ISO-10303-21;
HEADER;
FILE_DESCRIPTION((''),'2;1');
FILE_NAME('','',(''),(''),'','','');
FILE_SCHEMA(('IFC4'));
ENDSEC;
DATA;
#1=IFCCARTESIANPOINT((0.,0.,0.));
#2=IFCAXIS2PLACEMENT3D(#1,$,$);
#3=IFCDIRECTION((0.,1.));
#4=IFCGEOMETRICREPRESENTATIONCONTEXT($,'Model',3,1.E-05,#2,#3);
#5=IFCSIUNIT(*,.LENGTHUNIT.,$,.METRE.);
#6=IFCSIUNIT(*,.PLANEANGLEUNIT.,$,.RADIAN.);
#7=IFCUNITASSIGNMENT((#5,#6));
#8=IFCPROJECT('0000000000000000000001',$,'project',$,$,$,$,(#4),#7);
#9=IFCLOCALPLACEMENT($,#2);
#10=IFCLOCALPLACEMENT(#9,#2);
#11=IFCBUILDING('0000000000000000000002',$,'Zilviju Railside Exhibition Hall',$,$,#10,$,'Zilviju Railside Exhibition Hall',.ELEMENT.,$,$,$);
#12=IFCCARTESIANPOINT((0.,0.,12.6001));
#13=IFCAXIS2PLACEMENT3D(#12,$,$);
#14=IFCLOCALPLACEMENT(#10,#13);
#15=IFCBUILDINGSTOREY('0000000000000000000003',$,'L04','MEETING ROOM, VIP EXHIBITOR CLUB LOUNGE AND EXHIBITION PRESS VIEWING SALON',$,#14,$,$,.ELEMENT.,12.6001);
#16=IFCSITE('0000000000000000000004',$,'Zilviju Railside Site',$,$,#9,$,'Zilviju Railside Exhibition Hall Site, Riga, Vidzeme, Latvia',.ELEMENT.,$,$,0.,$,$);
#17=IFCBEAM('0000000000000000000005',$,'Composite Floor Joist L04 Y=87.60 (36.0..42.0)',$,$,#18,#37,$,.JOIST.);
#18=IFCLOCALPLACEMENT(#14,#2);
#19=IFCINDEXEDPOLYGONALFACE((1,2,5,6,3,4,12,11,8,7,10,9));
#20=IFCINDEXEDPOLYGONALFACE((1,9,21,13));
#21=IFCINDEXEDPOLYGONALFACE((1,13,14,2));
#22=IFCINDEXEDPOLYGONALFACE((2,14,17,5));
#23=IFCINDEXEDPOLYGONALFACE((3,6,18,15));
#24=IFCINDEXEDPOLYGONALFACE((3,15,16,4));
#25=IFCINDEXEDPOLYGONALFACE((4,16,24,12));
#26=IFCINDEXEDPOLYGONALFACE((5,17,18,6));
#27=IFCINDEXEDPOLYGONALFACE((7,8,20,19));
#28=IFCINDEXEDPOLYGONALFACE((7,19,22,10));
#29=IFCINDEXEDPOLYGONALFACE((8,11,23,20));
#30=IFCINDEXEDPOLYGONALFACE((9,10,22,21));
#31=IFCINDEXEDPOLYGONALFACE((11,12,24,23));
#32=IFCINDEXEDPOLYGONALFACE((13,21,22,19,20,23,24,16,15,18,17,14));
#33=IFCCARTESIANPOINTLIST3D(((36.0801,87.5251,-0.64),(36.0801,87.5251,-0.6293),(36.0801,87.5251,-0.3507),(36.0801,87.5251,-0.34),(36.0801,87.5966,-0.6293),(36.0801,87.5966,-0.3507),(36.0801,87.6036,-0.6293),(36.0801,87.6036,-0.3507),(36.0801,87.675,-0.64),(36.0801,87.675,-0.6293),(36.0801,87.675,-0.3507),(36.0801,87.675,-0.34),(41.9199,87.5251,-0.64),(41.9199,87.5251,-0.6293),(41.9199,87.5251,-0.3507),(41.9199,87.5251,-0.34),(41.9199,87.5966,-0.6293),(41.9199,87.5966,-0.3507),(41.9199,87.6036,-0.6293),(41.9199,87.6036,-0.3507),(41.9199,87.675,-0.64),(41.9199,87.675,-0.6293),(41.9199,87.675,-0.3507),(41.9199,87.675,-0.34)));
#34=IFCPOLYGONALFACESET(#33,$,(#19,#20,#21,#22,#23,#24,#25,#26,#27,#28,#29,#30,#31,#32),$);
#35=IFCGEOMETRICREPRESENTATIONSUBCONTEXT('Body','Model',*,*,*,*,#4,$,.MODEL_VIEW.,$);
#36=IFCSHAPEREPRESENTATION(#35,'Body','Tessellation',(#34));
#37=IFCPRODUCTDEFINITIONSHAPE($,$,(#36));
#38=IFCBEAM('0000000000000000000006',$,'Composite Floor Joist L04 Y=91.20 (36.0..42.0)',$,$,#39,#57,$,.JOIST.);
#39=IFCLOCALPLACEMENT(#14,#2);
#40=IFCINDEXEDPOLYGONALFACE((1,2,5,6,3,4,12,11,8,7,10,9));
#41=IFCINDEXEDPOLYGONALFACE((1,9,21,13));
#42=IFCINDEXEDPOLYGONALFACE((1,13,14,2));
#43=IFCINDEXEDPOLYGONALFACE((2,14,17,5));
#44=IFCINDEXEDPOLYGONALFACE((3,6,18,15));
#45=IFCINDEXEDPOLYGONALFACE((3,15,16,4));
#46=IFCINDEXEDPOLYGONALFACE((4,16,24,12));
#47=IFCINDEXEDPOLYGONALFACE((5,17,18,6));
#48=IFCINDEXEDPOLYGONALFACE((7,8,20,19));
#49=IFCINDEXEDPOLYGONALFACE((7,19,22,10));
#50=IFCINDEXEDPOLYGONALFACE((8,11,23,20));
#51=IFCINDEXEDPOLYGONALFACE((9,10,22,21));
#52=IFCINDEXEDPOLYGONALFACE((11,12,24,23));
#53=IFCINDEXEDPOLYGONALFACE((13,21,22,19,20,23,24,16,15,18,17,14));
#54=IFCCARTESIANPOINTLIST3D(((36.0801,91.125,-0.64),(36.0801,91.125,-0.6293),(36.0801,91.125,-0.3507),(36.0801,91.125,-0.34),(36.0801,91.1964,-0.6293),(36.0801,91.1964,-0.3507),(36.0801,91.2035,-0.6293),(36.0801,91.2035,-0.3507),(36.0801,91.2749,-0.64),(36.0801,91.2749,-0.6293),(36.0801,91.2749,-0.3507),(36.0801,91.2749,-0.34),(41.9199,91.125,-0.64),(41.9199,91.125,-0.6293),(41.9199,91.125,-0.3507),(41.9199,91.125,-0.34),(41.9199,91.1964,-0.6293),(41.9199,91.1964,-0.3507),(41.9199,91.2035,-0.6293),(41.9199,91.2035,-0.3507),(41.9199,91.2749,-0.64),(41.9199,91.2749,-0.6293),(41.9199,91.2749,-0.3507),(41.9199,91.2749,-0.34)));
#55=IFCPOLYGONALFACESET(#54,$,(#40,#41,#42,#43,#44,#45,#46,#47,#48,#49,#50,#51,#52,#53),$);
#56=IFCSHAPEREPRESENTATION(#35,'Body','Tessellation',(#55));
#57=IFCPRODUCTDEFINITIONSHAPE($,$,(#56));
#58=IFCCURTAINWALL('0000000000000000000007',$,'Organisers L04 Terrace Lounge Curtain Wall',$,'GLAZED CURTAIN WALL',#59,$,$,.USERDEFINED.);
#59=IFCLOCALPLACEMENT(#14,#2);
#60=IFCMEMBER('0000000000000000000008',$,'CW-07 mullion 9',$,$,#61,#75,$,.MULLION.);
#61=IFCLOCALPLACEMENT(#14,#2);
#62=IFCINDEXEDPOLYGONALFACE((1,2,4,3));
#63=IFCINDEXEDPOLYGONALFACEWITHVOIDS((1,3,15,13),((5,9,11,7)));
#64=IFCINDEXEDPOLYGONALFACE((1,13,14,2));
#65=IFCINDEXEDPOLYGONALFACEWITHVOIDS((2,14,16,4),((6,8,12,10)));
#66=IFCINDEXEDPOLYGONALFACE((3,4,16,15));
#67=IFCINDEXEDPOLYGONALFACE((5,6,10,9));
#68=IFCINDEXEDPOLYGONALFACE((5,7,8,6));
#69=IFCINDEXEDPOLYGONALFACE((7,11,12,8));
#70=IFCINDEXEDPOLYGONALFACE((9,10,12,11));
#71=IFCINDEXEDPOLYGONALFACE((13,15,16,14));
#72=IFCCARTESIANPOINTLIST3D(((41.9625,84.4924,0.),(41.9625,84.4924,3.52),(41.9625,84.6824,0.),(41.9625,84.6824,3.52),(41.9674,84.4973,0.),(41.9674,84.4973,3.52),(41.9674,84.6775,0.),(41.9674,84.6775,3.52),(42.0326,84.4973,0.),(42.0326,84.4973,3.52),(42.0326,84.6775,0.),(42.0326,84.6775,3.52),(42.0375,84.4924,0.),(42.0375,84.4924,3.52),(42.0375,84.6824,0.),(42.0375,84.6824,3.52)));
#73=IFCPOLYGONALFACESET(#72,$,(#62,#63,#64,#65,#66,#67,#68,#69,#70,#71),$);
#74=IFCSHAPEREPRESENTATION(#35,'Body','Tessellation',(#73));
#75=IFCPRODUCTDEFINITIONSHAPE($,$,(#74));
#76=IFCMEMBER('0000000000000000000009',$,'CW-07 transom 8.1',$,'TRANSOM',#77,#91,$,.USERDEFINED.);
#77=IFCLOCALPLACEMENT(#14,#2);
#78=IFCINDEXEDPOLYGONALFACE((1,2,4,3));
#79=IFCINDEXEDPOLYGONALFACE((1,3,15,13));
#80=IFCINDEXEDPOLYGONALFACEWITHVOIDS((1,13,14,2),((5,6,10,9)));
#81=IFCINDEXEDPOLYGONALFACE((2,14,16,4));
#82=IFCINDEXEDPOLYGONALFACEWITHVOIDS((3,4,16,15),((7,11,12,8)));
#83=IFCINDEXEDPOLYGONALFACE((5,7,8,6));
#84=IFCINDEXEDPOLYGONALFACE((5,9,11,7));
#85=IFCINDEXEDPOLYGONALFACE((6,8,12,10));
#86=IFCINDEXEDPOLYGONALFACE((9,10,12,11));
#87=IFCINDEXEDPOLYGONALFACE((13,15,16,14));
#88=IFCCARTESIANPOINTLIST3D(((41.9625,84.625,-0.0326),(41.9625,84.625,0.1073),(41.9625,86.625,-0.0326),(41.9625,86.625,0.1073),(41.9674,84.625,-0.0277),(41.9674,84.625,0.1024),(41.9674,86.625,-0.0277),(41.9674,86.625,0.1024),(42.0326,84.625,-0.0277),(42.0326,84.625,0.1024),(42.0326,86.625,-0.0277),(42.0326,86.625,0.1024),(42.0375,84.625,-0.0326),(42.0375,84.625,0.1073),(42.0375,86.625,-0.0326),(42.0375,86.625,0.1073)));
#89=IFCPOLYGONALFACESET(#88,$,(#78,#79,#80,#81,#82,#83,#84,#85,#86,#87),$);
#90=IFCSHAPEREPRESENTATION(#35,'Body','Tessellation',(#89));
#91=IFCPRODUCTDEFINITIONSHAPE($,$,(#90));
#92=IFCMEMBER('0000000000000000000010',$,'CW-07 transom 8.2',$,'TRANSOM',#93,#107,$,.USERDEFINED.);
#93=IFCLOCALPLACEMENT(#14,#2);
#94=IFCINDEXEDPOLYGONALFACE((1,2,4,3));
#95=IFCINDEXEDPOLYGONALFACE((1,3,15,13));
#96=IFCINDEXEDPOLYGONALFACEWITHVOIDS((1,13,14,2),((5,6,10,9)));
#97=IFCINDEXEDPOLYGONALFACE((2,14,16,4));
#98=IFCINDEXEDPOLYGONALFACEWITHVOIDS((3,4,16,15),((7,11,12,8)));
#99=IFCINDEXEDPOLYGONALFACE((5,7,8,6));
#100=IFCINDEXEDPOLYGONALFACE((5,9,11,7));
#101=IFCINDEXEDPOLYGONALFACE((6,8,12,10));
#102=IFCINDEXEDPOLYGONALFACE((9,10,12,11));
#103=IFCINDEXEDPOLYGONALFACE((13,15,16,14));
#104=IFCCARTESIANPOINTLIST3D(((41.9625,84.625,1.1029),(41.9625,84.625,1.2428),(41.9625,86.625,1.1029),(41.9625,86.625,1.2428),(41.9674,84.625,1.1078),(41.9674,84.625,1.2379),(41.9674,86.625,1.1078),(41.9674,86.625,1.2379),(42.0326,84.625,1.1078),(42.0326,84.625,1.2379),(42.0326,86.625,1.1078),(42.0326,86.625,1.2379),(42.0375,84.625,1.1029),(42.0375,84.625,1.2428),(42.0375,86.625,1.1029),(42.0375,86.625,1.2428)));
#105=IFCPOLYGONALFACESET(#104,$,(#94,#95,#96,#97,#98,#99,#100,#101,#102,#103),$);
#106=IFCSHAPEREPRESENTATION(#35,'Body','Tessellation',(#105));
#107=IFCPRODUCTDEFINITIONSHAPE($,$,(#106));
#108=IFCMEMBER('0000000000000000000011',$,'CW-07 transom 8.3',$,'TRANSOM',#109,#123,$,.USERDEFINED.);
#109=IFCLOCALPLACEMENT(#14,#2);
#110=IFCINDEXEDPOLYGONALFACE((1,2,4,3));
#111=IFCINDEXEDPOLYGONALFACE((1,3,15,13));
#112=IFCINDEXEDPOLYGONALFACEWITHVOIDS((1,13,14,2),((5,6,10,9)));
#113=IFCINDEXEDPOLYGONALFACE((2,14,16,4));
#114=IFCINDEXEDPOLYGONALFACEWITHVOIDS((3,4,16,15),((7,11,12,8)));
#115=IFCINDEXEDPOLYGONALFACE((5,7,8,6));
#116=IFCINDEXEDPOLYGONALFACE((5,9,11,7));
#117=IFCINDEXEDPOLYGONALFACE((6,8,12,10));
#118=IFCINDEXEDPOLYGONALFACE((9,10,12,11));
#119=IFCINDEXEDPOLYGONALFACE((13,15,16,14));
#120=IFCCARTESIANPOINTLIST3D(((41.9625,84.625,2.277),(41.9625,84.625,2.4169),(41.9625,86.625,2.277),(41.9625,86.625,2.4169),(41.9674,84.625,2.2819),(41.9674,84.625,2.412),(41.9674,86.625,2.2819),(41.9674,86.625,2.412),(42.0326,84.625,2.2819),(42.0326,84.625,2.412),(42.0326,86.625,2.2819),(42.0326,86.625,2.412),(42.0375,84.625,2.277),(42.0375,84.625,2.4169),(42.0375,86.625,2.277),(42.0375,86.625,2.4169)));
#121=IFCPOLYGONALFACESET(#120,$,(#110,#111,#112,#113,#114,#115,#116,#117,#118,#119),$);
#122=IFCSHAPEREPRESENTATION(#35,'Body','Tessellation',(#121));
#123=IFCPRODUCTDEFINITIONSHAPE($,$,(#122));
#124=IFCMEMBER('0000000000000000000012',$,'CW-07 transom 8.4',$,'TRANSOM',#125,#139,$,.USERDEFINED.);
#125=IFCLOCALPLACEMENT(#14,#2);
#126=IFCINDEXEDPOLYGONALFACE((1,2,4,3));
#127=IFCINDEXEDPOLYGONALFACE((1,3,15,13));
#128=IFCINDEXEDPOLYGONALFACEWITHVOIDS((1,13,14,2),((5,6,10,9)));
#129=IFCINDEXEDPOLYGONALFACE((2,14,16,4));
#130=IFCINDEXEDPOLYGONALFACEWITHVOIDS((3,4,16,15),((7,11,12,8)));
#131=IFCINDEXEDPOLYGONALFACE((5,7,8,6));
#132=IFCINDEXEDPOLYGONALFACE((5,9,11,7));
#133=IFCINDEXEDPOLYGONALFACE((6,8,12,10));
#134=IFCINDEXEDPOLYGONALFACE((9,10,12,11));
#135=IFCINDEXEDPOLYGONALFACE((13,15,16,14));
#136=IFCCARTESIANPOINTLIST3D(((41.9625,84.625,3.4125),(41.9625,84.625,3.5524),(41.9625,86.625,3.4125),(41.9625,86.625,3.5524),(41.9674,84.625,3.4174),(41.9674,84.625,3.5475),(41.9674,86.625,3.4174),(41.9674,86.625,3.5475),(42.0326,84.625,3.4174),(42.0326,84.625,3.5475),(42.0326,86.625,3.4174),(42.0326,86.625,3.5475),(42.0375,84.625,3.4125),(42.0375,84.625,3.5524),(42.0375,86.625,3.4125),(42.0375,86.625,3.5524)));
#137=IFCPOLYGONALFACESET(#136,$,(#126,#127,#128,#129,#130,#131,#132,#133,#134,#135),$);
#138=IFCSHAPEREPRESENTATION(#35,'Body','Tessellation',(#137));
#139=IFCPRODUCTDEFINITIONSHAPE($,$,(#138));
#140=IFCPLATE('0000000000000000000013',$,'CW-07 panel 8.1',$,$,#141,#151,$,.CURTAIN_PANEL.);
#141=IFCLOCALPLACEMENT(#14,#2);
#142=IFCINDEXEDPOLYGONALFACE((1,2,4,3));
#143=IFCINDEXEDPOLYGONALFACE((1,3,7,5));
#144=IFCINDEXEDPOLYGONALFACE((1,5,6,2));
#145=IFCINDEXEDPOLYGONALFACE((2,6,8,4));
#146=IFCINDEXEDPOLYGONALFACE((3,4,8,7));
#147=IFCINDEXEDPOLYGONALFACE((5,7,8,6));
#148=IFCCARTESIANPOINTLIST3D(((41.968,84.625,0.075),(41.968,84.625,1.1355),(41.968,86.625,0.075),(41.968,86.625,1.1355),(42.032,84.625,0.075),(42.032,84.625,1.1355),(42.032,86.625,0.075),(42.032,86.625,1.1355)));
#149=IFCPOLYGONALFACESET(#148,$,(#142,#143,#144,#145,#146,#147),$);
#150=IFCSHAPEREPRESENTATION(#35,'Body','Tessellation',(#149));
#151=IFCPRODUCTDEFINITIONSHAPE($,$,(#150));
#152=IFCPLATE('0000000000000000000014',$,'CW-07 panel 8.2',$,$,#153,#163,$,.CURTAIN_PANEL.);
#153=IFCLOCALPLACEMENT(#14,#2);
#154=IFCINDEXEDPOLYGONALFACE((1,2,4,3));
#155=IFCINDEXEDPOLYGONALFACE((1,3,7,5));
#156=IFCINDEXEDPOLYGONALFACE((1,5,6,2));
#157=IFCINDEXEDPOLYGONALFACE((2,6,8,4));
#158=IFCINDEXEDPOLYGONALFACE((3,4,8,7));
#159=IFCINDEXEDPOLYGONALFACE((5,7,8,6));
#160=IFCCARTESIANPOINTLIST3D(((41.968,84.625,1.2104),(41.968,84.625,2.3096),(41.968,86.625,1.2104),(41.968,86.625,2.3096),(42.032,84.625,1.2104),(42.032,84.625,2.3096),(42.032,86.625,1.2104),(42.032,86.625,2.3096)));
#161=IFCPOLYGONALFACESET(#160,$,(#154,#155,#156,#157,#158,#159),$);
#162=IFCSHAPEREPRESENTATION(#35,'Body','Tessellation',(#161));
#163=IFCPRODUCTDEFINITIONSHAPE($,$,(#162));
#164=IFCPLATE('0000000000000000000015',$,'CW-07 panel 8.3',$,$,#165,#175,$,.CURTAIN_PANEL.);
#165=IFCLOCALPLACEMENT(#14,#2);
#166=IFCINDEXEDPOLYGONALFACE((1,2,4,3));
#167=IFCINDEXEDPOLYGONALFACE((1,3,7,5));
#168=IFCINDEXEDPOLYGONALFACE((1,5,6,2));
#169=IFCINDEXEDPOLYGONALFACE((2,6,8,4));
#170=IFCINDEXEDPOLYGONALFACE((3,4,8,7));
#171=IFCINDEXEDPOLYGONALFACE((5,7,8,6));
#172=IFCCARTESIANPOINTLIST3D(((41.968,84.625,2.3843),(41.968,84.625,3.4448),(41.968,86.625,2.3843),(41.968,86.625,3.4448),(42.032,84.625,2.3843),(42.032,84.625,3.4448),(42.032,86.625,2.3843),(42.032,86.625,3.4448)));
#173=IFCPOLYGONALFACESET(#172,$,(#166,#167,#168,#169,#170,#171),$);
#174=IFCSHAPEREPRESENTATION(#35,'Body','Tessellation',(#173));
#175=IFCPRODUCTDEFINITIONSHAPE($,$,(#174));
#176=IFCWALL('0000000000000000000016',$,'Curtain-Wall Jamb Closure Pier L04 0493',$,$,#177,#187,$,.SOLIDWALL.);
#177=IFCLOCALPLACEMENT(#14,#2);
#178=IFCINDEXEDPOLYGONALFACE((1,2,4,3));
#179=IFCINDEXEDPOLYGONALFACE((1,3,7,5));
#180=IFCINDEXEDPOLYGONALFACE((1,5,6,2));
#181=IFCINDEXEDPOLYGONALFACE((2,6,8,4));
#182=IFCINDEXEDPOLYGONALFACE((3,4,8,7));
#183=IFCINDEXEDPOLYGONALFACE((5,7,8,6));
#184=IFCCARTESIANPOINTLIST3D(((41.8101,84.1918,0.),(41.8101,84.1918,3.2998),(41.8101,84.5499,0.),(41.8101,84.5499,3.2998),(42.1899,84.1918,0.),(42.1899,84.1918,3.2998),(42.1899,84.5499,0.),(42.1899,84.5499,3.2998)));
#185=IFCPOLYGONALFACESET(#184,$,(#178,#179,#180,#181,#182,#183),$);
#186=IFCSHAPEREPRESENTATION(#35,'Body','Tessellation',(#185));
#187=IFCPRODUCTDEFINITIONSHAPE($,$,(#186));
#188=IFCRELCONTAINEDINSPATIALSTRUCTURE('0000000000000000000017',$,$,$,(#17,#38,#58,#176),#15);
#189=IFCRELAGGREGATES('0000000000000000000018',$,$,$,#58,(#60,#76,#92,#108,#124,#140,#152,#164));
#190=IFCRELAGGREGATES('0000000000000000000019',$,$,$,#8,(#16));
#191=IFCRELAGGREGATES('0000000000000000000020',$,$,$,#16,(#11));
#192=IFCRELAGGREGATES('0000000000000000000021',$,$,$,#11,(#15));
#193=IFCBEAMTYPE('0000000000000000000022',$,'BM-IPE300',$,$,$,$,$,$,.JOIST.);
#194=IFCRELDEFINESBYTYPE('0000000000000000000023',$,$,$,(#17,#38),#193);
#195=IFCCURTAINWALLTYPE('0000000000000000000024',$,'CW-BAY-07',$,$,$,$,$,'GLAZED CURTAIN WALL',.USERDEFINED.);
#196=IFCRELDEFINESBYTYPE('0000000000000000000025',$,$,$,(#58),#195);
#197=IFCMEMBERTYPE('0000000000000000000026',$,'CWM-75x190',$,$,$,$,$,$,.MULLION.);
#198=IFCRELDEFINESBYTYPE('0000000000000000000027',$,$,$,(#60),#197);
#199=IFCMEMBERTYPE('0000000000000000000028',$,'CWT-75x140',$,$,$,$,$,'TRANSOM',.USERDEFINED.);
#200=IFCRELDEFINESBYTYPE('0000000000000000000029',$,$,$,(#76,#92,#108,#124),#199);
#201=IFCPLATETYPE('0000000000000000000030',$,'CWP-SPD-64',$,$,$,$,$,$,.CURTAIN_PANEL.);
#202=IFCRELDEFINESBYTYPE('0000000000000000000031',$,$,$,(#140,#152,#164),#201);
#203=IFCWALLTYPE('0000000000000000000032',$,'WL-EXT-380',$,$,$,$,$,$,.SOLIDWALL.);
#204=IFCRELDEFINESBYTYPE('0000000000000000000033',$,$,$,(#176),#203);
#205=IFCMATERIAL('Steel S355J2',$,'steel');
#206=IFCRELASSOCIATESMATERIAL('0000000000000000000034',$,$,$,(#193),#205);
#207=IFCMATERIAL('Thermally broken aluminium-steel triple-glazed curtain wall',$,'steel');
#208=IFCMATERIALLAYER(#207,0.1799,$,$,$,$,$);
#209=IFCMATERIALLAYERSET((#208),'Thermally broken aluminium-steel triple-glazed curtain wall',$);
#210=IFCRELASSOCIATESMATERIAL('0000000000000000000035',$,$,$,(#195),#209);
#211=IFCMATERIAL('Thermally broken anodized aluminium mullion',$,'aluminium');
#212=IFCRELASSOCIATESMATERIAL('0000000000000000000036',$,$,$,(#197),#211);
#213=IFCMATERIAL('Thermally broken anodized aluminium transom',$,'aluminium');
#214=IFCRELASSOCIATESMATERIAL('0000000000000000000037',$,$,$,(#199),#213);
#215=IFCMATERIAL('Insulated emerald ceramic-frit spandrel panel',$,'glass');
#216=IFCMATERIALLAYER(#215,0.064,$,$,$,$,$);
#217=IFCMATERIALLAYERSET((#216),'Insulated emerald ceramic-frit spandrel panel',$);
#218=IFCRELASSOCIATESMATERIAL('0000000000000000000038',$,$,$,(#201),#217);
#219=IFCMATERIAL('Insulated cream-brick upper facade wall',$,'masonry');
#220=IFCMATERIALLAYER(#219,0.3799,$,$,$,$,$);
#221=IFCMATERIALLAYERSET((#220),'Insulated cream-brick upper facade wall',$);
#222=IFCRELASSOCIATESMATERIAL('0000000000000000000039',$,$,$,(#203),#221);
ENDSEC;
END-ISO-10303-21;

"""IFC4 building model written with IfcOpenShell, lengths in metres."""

from ifc_helpers import new_model, si_unit, direction, frame, frame_2d, origin, origin_2d, place, context, subcontext, project, spatial, rectangle, hollow_rectangle, i_section, extrude, material, layer, layer_set, material_profile, profile_set, type_object, element, aggregate, save


model = new_model("IFC4")

# Units and contexts
model_context = context("Model", 3, precision=1e-05, world=origin(), true_north=direction((0.0, 1.0)))
body_context = subcontext(model_context, "Body", "Model", "MODEL_VIEW")
ifc_project = project(units=[si_unit("LENGTHUNIT", "METRE"), si_unit("PLANEANGLEUNIT", "RADIAN")], contexts=[model_context])

# Site, building, storey
site_placement = place(None, origin())
site = spatial("IfcSite", under=ifc_project, at=site_placement, Name="Zilviju Railside Site", LongName="Zilviju Railside Exhibition Hall Site, Riga, Vidzeme, Latvia", CompositionType="ELEMENT", RefElevation=0.0)
building_placement = place(site_placement, origin())
building = spatial("IfcBuilding", under=site, at=building_placement, Name="Zilviju Railside Exhibition Hall", LongName="Zilviju Railside Exhibition Hall", CompositionType="ELEMENT")
storey_placement = place(building_placement, frame((0.0, 0.0, 12.6001)))
storey = spatial("IfcBuildingStorey", under=building, at=storey_placement, Name="L04", Description="MEETING ROOM, VIP EXHIBITOR CLUB LOUNGE AND EXHIBITION PRESS VIEWING SALON", CompositionType="ELEMENT", Elevation=12.6001)

# Beams
ifc_material_1 = material(Name="Steel S355J2", Category="steel")
ifc_material_profile_1 = material_profile(ifc_material_1, i_section(OverallWidth=0.1499, OverallDepth=0.3, WebThickness=0.0071, FlangeThickness=0.0107, at=origin_2d()), Name="IPE 300")
ifc_profile_set_1 = profile_set([ifc_material_profile_1], Name="Steel S355J2")
beam_type = type_object("IfcBeamType", Name="BM-IPE300", PredefinedType="JOIST", material=ifc_profile_set_1)
for number, where, z_axis, x_axis, name in (
    (1, (36.0801, 87.6001, -0.49), (1.0, 0.0, 0.0), (0.0, 1.0, 0.0), "Composite Floor Joist L04 Y=87.60 (36.0..42.0)"),
    (2, (36.0801, 91.2, -0.49), (1.0, 0.0, 0.0), (0.0, 1.0, 0.0), "Composite Floor Joist L04 Y=91.20 (36.0..42.0)"),
):
    element("IfcBeam", number, at=place(storey_placement, frame(where, z_axis=z_axis, x_axis=x_axis)), inside=storey, type_object=beam_type, Name=name, PredefinedType="JOIST", context=body_context, shape_type="SweptSolid", body=[
        extrude(i_section(OverallWidth=0.1499, OverallDepth=0.3, WebThickness=0.0071, FlangeThickness=0.0107, at=origin_2d()), origin(), (0.0, 0.0, 1.0), 5.8398),
    ])

# Curtain wall, members, plates
ifc_material_2 = material(Name="Thermally broken aluminium-steel triple-glazed curtain wall", Category="steel")
ifc_layer_1 = layer(ifc_material_2, 0.1799)
ifc_layer_set_1 = layer_set([ifc_layer_1], Name="Thermally broken aluminium-steel triple-glazed curtain wall")
curtain_wall_type = type_object("IfcCurtainWallType", Name="CW-BAY-07", ElementType="GLAZED CURTAIN WALL", PredefinedType="USERDEFINED", material=ifc_layer_set_1)
curtain_wall_placement = place(storey_placement, origin())
curtain_wall = element("IfcCurtainWall", 3, at=curtain_wall_placement, inside=storey, type_object=curtain_wall_type, Name="Organisers L04 Terrace Lounge Curtain Wall", ObjectType="GLAZED CURTAIN WALL", PredefinedType="USERDEFINED")
ifc_material_3 = material(Name="Thermally broken anodized aluminium mullion", Category="aluminium")
ifc_material_profile_2 = material_profile(ifc_material_3, hollow_rectangle(XDim=0.075, YDim=0.1899, WallThickness=0.0049, at=origin_2d()), Name="MULLION 190x75x5")
ifc_profile_set_2 = profile_set([ifc_material_profile_2], Name="Thermally broken anodized aluminium mullion")
member_type_1 = type_object("IfcMemberType", Name="CWM-75x190", PredefinedType="MULLION", material=ifc_profile_set_2)
member_1_placement = place(storey_placement, frame((42.0, 84.5874, 0.0), z_axis=(0.0, 0.0, 1.0), x_axis=(1.0, 0.0, 0.0)))
member_1 = element("IfcMember", 4, at=member_1_placement, type_object=member_type_1, Name="CW-07 mullion 9", PredefinedType="MULLION", context=body_context, shape_type="SweptSolid", body=[
    extrude(hollow_rectangle(XDim=0.075, YDim=0.1899, WallThickness=0.0049, at=origin_2d()), origin(), (0.0, 0.0, 1.0), 3.52),
])
ifc_material_4 = material(Name="Thermally broken anodized aluminium transom", Category="aluminium")
ifc_material_profile_3 = material_profile(ifc_material_4, hollow_rectangle(XDim=0.075, YDim=0.1399, WallThickness=0.0049, at=origin_2d()), Name="TRANSOM 140x75x5")
ifc_profile_set_3 = profile_set([ifc_material_profile_3], Name="Thermally broken anodized aluminium transom")
member_type_2 = type_object("IfcMemberType", Name="CWT-75x140", ElementType="TRANSOM", PredefinedType="USERDEFINED", material=ifc_profile_set_3)
member_2_placement = place(storey_placement, frame((42.0, 86.625, 0.0374), z_axis=(0.0, -1.0, 0.0), x_axis=(1.0, 0.0, 0.0)))
member_2 = element("IfcMember", 5, at=member_2_placement, type_object=member_type_2, Name="CW-07 transom 8.1", ObjectType="TRANSOM", PredefinedType="USERDEFINED", context=body_context, shape_type="SweptSolid", body=[
    extrude(hollow_rectangle(XDim=0.075, YDim=0.1399, WallThickness=0.0049, at=origin_2d()), origin(), (0.0, 0.0, 1.0), 2.0),
])
member_3_placement = place(storey_placement, frame((42.0, 86.625, 1.1729), z_axis=(0.0, -1.0, 0.0), x_axis=(1.0, 0.0, 0.0)))
member_3 = element("IfcMember", 6, at=member_3_placement, type_object=member_type_2, Name="CW-07 transom 8.2", ObjectType="TRANSOM", PredefinedType="USERDEFINED", context=body_context, shape_type="SweptSolid", body=[
    extrude(hollow_rectangle(XDim=0.075, YDim=0.1399, WallThickness=0.0049, at=origin_2d()), origin(), (0.0, 0.0, 1.0), 2.0),
])
member_4_placement = place(storey_placement, frame((42.0, 86.625, 2.3469), z_axis=(0.0, -1.0, 0.0), x_axis=(1.0, 0.0, 0.0)))
member_4 = element("IfcMember", 7, at=member_4_placement, type_object=member_type_2, Name="CW-07 transom 8.3", ObjectType="TRANSOM", PredefinedType="USERDEFINED", context=body_context, shape_type="SweptSolid", body=[
    extrude(hollow_rectangle(XDim=0.075, YDim=0.1399, WallThickness=0.0049, at=origin_2d()), origin(), (0.0, 0.0, 1.0), 2.0),
])
member_5_placement = place(storey_placement, frame((42.0, 86.625, 3.4824), z_axis=(0.0, -1.0, 0.0), x_axis=(1.0, 0.0, 0.0)))
member_5 = element("IfcMember", 8, at=member_5_placement, type_object=member_type_2, Name="CW-07 transom 8.4", ObjectType="TRANSOM", PredefinedType="USERDEFINED", context=body_context, shape_type="SweptSolid", body=[
    extrude(hollow_rectangle(XDim=0.075, YDim=0.1399, WallThickness=0.0049, at=origin_2d()), origin(), (0.0, 0.0, 1.0), 2.0),
])
ifc_material_5 = material(Name="Insulated emerald ceramic-frit spandrel panel", Category="glass")
ifc_layer_2 = layer(ifc_material_5, 0.064)
ifc_layer_set_2 = layer_set([ifc_layer_2], Name="Insulated emerald ceramic-frit spandrel panel")
plate_type = type_object("IfcPlateType", Name="CWP-SPD-64", PredefinedType="CURTAIN_PANEL", material=ifc_layer_set_2)
plate_1_placement = place(storey_placement, frame((42.0, 85.625, 0.075), z_axis=(0.0, 0.0, 1.0), x_axis=(0.0, -1.0, 0.0)))
plate_1 = element("IfcPlate", 9, at=plate_1_placement, type_object=plate_type, Name="CW-07 panel 8.1", PredefinedType="CURTAIN_PANEL", context=body_context, shape_type="SweptSolid", body=[
    extrude(rectangle(XDim=2.0, YDim=0.064, at=origin_2d()), origin(), (0.0, 0.0, 1.0), 1.0605),
])
plate_2_placement = place(storey_placement, frame((42.0, 85.625, 1.2104), z_axis=(0.0, 0.0, 1.0), x_axis=(0.0, -1.0, 0.0)))
plate_2 = element("IfcPlate", 10, at=plate_2_placement, type_object=plate_type, Name="CW-07 panel 8.2", PredefinedType="CURTAIN_PANEL", context=body_context, shape_type="SweptSolid", body=[
    extrude(rectangle(XDim=2.0, YDim=0.064, at=origin_2d()), origin(), (0.0, 0.0, 1.0), 1.0991),
])
plate_3_placement = place(storey_placement, frame((42.0, 85.625, 2.3843), z_axis=(0.0, 0.0, 1.0), x_axis=(0.0, -1.0, 0.0)))
plate_3 = element("IfcPlate", 11, at=plate_3_placement, type_object=plate_type, Name="CW-07 panel 8.3", PredefinedType="CURTAIN_PANEL", context=body_context, shape_type="SweptSolid", body=[
    extrude(rectangle(XDim=2.0, YDim=0.064, at=origin_2d()), origin(), (0.0, 0.0, 1.0), 1.0605),
])
aggregate(curtain_wall, [member_1, member_2, member_3, member_4, member_5, plate_1, plate_2, plate_3])

# Wall
ifc_material_6 = material(Name="Insulated cream-brick upper facade wall", Category="masonry")
ifc_layer_3 = layer(ifc_material_6, 0.3799)
ifc_layer_set_3 = layer_set([ifc_layer_3], Name="Insulated cream-brick upper facade wall")
wall_type_1 = type_object("IfcWallType", Name="WL-EXT-380", PredefinedType="SOLIDWALL", material=ifc_layer_set_3)
wall_1_placement = place(storey_placement, frame((42.0, 84.55, 0.0), z_axis=(0.0, 0.0, 1.0), x_axis=(0.0, -1.0, 0.0)))
element("IfcWall", 12, at=wall_1_placement, inside=storey, type_object=wall_type_1, Name="Curtain-Wall Jamb Closure Pier L04 0493", PredefinedType="SOLIDWALL", context=body_context, shape_type="SweptSolid", body=[
    extrude(rectangle(XDim=0.3582, YDim=0.3799, at=frame_2d((0.1792, 0.0))), origin(), (0.0, 0.0, 1.0), 3.2998),
])

save(model, "model.ifc")
